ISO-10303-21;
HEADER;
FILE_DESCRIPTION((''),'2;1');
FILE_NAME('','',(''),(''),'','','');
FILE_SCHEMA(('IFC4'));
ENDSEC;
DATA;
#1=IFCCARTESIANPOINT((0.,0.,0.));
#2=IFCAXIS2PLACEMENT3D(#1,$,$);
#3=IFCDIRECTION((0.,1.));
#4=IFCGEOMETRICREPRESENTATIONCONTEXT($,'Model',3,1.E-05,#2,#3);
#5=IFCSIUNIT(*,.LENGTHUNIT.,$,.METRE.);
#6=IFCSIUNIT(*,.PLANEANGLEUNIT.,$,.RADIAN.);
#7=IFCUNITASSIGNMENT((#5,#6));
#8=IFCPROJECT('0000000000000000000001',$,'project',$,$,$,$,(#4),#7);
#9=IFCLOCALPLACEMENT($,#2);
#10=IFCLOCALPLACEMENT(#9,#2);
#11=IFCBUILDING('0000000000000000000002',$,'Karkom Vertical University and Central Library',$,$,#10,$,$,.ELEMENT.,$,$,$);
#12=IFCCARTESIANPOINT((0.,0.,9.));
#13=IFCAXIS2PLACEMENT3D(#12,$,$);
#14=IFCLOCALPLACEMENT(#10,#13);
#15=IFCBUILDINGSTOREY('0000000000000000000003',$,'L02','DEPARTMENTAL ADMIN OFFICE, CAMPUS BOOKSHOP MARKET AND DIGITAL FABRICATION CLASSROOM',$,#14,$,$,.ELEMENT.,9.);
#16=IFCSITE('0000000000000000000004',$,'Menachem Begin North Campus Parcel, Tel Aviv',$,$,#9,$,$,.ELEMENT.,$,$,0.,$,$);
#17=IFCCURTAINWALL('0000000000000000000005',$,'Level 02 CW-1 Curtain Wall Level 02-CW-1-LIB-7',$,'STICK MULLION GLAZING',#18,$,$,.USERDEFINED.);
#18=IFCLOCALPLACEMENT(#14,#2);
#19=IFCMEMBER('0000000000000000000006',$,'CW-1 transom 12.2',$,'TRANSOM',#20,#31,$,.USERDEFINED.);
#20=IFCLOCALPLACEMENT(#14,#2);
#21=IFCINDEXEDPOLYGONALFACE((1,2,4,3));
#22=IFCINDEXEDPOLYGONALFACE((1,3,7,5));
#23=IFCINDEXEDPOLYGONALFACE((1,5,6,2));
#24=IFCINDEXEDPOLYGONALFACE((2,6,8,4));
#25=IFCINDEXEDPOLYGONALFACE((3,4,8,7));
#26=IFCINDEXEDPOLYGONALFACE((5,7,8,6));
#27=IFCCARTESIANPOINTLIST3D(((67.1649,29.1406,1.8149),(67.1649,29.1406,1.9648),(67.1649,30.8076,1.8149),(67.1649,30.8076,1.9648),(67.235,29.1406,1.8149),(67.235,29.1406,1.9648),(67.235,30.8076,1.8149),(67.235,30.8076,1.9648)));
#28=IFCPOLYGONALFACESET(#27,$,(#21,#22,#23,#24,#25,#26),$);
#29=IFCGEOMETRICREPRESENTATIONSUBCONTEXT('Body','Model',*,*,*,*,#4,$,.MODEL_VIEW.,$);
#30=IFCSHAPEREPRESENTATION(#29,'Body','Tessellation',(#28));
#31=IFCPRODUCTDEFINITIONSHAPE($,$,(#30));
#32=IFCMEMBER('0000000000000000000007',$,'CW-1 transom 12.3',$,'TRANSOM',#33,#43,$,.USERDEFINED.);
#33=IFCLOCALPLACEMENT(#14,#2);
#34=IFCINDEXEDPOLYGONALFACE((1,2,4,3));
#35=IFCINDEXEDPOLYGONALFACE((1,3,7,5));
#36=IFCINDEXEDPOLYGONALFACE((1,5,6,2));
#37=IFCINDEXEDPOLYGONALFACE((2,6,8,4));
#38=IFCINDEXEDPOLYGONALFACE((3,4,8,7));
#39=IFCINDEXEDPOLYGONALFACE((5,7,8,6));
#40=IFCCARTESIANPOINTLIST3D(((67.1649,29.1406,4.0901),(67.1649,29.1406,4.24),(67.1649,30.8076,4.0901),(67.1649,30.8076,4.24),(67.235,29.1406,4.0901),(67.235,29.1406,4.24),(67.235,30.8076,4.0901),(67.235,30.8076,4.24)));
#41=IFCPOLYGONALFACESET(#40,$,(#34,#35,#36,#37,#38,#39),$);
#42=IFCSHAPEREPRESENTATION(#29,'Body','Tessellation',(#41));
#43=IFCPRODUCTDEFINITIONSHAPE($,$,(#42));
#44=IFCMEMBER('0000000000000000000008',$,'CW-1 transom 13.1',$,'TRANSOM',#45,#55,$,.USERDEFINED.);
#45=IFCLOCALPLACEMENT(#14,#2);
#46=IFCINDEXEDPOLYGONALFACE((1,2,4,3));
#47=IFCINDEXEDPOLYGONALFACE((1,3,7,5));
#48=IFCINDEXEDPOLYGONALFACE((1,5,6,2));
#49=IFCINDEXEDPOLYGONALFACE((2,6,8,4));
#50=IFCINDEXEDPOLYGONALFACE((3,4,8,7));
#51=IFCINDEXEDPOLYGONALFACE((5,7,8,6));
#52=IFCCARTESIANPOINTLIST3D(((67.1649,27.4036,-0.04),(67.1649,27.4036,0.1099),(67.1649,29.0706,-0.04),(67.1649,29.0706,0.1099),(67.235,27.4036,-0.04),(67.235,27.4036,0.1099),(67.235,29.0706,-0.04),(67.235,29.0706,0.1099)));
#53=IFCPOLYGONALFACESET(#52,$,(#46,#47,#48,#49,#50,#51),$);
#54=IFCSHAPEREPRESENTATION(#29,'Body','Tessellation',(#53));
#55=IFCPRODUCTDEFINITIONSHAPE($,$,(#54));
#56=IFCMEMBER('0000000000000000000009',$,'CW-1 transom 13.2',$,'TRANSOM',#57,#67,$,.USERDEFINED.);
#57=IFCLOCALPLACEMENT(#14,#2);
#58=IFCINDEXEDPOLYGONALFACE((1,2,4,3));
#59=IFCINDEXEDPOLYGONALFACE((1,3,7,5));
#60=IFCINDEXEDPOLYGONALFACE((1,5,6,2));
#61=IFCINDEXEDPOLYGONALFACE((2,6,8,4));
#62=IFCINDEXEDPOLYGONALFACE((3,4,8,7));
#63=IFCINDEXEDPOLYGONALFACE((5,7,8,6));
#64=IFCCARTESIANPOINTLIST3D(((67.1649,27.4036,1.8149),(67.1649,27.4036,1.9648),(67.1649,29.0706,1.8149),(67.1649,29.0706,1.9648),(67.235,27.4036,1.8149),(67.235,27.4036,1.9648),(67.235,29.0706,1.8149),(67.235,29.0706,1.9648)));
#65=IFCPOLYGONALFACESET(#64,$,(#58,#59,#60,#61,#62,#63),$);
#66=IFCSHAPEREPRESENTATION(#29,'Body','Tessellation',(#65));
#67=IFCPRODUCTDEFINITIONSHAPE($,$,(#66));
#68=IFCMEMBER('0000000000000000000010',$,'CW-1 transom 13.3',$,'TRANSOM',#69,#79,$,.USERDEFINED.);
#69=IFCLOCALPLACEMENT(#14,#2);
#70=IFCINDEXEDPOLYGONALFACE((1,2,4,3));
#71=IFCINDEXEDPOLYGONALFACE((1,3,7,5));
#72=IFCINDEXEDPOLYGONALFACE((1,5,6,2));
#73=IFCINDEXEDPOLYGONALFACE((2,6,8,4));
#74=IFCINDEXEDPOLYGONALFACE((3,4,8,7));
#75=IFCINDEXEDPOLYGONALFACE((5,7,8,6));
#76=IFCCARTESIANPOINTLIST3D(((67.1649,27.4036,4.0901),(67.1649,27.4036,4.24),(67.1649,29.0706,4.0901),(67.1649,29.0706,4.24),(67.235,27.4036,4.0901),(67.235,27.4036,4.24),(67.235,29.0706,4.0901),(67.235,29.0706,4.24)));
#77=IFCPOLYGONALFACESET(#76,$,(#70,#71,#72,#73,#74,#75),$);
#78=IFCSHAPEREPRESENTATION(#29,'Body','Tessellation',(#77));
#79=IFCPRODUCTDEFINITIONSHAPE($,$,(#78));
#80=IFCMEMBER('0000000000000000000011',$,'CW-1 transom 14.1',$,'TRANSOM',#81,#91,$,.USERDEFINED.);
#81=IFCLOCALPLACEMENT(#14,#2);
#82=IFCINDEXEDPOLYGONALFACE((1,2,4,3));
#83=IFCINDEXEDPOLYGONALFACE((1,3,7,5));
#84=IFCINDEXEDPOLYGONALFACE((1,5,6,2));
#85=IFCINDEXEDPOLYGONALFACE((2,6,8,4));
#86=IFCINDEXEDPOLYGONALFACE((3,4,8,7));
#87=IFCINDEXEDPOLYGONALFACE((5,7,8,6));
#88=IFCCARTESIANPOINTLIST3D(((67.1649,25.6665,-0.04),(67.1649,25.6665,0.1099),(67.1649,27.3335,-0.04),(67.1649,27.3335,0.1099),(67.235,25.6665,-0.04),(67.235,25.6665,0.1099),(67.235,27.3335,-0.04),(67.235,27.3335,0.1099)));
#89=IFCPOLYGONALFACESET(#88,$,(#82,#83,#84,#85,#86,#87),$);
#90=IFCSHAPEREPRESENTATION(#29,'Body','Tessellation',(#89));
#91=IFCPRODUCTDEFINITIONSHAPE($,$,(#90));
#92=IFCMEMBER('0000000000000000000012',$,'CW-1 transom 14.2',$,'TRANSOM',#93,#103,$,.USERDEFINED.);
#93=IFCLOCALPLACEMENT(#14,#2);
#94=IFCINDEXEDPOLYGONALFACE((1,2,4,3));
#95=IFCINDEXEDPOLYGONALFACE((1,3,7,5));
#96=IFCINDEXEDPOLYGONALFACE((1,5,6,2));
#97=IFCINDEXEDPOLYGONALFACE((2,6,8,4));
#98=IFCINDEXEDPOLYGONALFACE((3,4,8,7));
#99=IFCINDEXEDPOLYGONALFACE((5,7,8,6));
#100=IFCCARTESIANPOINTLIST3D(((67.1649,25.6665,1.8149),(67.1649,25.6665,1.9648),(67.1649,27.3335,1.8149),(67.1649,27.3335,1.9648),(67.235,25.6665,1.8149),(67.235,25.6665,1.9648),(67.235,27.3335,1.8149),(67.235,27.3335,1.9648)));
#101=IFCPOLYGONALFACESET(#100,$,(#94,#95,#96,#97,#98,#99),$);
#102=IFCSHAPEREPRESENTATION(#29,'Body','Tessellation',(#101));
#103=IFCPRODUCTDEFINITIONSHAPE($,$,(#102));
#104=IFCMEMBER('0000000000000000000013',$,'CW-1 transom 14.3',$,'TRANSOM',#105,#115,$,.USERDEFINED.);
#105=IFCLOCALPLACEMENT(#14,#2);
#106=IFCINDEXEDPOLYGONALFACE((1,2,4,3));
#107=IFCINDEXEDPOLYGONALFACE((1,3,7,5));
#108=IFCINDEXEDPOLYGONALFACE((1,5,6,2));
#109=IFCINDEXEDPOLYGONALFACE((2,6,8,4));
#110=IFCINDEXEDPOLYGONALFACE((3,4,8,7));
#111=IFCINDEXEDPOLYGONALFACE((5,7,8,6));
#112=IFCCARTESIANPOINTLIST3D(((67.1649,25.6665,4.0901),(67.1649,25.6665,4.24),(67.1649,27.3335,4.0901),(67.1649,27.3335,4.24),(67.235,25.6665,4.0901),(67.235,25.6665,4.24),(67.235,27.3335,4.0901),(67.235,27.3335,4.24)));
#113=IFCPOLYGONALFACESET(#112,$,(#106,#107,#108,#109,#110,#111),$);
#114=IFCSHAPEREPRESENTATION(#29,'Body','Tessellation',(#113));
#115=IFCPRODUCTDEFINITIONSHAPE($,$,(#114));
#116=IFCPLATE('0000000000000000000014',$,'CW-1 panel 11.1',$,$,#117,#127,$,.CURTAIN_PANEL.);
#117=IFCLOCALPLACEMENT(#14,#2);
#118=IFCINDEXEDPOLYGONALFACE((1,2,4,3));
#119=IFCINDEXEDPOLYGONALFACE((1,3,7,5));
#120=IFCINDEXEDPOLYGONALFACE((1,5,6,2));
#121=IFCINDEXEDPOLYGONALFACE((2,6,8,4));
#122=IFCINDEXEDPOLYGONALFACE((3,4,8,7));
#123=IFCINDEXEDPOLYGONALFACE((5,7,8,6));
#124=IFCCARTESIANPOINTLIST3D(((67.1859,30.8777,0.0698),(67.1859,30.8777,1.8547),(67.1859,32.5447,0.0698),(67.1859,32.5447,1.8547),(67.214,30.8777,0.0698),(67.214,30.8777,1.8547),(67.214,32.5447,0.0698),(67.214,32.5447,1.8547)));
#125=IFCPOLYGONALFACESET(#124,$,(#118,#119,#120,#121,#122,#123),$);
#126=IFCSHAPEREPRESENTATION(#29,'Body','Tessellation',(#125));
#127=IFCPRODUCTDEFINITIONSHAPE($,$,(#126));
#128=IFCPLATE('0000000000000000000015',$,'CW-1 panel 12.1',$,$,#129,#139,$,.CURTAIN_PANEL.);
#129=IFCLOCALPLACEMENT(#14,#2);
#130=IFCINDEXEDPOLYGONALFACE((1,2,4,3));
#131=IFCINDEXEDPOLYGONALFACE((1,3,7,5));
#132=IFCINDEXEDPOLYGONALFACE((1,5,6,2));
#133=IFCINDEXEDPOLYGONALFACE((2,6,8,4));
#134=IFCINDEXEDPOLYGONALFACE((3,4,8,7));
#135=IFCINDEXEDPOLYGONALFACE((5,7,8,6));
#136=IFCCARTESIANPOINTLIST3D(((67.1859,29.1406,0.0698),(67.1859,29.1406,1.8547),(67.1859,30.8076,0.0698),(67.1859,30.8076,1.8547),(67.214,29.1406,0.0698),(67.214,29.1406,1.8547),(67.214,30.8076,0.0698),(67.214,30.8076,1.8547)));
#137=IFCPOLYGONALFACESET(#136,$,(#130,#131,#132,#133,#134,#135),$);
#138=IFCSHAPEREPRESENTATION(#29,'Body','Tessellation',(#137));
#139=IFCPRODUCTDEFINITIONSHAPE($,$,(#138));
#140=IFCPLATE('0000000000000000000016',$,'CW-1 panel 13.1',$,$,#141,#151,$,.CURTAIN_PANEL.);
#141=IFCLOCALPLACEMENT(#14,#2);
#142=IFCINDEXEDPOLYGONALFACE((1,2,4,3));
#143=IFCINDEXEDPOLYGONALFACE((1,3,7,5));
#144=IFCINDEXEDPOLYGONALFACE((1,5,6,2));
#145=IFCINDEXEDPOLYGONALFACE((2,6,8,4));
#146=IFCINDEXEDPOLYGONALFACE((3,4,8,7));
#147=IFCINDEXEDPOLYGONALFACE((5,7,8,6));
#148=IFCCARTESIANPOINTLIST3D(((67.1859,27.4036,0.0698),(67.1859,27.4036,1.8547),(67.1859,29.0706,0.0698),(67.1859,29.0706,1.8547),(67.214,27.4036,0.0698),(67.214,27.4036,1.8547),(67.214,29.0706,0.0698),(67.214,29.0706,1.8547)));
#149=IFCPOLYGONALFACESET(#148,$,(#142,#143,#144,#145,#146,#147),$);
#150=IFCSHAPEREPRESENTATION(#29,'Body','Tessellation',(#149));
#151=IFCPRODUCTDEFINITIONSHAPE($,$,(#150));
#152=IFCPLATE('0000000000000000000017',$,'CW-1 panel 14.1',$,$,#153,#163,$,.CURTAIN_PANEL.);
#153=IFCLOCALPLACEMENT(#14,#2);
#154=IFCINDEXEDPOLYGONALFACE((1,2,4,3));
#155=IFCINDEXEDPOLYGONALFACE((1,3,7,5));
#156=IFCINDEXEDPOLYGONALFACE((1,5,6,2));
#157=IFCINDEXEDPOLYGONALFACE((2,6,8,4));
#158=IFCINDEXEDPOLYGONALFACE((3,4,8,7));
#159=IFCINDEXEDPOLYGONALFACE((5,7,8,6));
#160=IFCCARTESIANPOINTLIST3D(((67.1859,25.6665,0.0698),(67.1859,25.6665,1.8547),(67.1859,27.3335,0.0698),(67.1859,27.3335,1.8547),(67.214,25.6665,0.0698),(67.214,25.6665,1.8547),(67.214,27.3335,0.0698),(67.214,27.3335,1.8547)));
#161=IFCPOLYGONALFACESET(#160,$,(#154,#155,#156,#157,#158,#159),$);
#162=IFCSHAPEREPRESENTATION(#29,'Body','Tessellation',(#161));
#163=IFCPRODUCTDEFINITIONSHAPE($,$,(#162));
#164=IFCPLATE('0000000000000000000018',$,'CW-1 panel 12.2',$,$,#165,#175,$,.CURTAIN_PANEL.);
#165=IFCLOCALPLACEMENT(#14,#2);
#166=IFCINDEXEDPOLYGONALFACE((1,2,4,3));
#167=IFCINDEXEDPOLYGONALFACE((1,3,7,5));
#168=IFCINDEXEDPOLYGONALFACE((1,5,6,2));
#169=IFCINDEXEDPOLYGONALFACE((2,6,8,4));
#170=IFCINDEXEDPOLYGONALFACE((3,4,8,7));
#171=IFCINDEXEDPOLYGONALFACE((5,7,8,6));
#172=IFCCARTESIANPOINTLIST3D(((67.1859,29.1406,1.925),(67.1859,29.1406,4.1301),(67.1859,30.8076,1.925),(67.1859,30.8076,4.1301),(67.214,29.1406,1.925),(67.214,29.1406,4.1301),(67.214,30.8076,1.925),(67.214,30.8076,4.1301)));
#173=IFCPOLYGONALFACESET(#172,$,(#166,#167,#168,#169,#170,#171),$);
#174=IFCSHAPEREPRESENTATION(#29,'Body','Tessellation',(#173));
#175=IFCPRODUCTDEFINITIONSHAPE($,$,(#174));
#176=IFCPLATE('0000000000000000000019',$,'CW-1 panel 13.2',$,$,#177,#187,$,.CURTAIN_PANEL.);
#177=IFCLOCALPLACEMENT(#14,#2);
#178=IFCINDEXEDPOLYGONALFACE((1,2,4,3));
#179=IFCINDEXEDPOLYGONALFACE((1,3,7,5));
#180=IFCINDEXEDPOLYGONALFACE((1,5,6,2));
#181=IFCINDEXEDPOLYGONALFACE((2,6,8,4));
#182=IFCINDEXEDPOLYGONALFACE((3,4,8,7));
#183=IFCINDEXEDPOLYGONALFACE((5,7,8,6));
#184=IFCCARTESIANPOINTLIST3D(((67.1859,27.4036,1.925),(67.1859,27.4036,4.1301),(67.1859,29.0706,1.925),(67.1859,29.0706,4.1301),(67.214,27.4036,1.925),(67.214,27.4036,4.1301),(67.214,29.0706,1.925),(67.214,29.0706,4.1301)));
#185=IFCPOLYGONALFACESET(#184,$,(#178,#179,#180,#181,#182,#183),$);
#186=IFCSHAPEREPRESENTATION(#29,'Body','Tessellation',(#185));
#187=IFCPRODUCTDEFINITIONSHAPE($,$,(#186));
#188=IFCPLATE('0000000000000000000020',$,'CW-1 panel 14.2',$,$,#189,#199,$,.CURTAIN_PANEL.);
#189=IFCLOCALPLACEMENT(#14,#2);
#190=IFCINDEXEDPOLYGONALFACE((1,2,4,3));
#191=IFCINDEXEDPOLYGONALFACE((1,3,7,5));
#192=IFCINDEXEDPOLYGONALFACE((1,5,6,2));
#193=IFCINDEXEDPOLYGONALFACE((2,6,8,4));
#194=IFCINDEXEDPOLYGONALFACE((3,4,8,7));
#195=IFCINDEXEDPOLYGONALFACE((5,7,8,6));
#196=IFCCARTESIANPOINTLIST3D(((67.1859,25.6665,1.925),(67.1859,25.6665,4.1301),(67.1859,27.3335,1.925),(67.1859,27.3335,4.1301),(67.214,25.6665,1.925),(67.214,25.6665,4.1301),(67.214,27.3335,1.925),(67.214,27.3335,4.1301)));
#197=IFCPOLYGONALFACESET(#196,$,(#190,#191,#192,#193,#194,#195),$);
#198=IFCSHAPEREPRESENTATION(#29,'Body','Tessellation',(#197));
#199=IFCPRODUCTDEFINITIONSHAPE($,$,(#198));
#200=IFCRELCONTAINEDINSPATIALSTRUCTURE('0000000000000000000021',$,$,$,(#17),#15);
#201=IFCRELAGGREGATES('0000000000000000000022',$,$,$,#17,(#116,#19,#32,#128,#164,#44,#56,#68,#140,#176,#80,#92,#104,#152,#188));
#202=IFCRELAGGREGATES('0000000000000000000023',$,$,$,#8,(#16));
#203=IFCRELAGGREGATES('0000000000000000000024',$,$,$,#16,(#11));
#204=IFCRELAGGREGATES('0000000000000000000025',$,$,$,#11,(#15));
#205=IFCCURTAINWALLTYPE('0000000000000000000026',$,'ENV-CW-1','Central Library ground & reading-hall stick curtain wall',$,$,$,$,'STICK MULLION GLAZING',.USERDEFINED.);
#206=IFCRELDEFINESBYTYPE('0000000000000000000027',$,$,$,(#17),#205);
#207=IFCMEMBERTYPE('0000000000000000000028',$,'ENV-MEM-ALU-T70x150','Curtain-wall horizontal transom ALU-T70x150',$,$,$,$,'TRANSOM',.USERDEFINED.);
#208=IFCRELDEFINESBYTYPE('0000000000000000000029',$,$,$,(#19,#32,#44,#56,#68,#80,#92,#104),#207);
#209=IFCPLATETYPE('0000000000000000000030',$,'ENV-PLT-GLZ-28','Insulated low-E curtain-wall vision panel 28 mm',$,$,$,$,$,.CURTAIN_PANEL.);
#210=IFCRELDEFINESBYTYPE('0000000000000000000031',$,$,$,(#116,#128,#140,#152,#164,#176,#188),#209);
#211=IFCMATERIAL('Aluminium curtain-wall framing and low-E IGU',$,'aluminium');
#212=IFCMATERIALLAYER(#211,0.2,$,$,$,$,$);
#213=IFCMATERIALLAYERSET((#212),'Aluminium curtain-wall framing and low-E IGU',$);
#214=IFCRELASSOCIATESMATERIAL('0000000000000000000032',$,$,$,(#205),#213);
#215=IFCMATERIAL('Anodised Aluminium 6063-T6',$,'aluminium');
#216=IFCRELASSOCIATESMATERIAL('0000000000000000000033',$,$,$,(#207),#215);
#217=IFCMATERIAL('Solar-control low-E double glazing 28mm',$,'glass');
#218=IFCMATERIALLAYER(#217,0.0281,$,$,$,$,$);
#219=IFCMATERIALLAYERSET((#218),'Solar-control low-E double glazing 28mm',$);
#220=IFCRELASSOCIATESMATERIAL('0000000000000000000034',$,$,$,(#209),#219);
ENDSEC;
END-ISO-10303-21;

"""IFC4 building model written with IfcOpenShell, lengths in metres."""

from ifc_helpers import new_model, si_unit, direction, frame, origin, origin_with_axes, origin_2d, place, context, subcontext, project, spatial, rectangle, extrude, source, transform, mapped, material, layer, layer_set, material_profile, profile_set, type_object, element, aggregate, save


model = new_model("IFC4")

# Units and contexts
model_context = context("Model", 3, precision=1e-05, world=origin(), true_north=direction((0.0, 1.0)))
body_context = subcontext(model_context, "Body", "Model", "MODEL_VIEW")
ifc_project = project(units=[si_unit("LENGTHUNIT", "METRE"), si_unit("PLANEANGLEUNIT", "RADIAN")], contexts=[model_context])

# Site, building, storey
site_placement = place(None, origin())
site = spatial("IfcSite", under=ifc_project, at=site_placement, Name="Menachem Begin North Campus Parcel, Tel Aviv", CompositionType="ELEMENT", RefElevation=0.0)
building_placement = place(site_placement, origin())
building = spatial("IfcBuilding", under=site, at=building_placement, Name="Karkom Vertical University and Central Library", CompositionType="ELEMENT")
storey_placement = place(building_placement, frame((0.0, 0.0, 9.0)))
storey = spatial("IfcBuildingStorey", under=building, at=storey_placement, Name="L02", Description="DEPARTMENTAL ADMIN OFFICE, CAMPUS BOOKSHOP MARKET AND DIGITAL FABRICATION CLASSROOM", CompositionType="ELEMENT", Elevation=9.0)

# Curtain wall, members, plates
ifc_material_1 = material(Name="Aluminium curtain-wall framing and low-E IGU", Category="aluminium")
ifc_layer_1 = layer(ifc_material_1, 0.2)
ifc_layer_set_1 = layer_set([ifc_layer_1], Name="Aluminium curtain-wall framing and low-E IGU")
curtain_wall_type = type_object("IfcCurtainWallType", Name="ENV-CW-1", Description="Central Library ground & reading-hall stick curtain wall", ElementType="STICK MULLION GLAZING", PredefinedType="USERDEFINED", material=ifc_layer_set_1)
curtain_wall_placement = place(storey_placement, origin())
curtain_wall = element("IfcCurtainWall", 1, at=curtain_wall_placement, inside=storey, type_object=curtain_wall_type, Name="Level 02 CW-1 Curtain Wall Level 02-CW-1-LIB-7", ObjectType="STICK MULLION GLAZING", PredefinedType="USERDEFINED")
ifc_material_2 = material(Name="Anodised Aluminium 6063-T6", Category="aluminium")
ifc_material_profile_1 = material_profile(ifc_material_2, rectangle(XDim=0.0701, YDim=0.1499, at=origin_2d()), Name="ALU-T70x150")
ifc_profile_set_1 = profile_set([ifc_material_profile_1], Name="Anodised Aluminium 6063-T6")
member_type = type_object("IfcMemberType", Name="ENV-MEM-ALU-T70x150", Description="Curtain-wall horizontal transom ALU-T70x150", ElementType="TRANSOM", PredefinedType="USERDEFINED", material=ifc_profile_set_1)
shared_shape_1 = source(origin_with_axes(), body_context, "Body", "SweptSolid", [
    extrude(rectangle(XDim=0.0701, YDim=0.1499, at=origin_2d()), origin(), (0.0, 0.0, 1.0), 1.667),
])
member_1_placement = place(storey_placement, frame((67.2, 30.8076, 1.8899), z_axis=(0.0, -1.0, 0.0), x_axis=(1.0, 0.0, 0.0)))
member_1 = element("IfcMember", 2, at=member_1_placement, type_object=member_type, Name="CW-1 transom 12.2", ObjectType="TRANSOM", PredefinedType="USERDEFINED", context=body_context, shape_type="MappedRepresentation", body=[
    mapped(shared_shape_1, transform((0.0, 0.0, 0.0), scale=1.0)),
])
member_2_placement = place(storey_placement, frame((67.2, 30.8076, 4.165), z_axis=(0.0, -1.0, 0.0), x_axis=(1.0, 0.0, 0.0)))
member_2 = element("IfcMember", 3, at=member_2_placement, type_object=member_type, Name="CW-1 transom 12.3", ObjectType="TRANSOM", PredefinedType="USERDEFINED", context=body_context, shape_type="MappedRepresentation", body=[
    mapped(shared_shape_1, transform((0.0, 0.0, 0.0), scale=1.0)),
])
member_3_placement = place(storey_placement, frame((67.2, 29.0706, 0.0349), z_axis=(0.0, -1.0, 0.0), x_axis=(1.0, 0.0, 0.0)))
member_3 = element("IfcMember", 4, at=member_3_placement, type_object=member_type, Name="CW-1 transom 13.1", ObjectType="TRANSOM", PredefinedType="USERDEFINED", context=body_context, shape_type="MappedRepresentation", body=[
    mapped(shared_shape_1, transform((0.0, 0.0, 0.0), scale=1.0)),
])
member_4_placement = place(storey_placement, frame((67.2, 29.0706, 1.8899), z_axis=(0.0, -1.0, 0.0), x_axis=(1.0, 0.0, 0.0)))
member_4 = element("IfcMember", 5, at=member_4_placement, type_object=member_type, Name="CW-1 transom 13.2", ObjectType="TRANSOM", PredefinedType="USERDEFINED", context=body_context, shape_type="MappedRepresentation", body=[
    mapped(shared_shape_1, transform((0.0, 0.0, 0.0), scale=1.0)),
])
member_5_placement = place(storey_placement, frame((67.2, 29.0706, 4.165), z_axis=(0.0, -1.0, 0.0), x_axis=(1.0, 0.0, 0.0)))
member_5 = element("IfcMember", 6, at=member_5_placement, type_object=member_type, Name="CW-1 transom 13.3", ObjectType="TRANSOM", PredefinedType="USERDEFINED", context=body_context, shape_type="MappedRepresentation", body=[
    mapped(shared_shape_1, transform((0.0, 0.0, 0.0), scale=1.0)),
])
member_6_placement = place(storey_placement, frame((67.2, 27.3335, 0.0349), z_axis=(0.0, -1.0, 0.0), x_axis=(1.0, 0.0, 0.0)))
member_6 = element("IfcMember", 7, at=member_6_placement, type_object=member_type, Name="CW-1 transom 14.1", ObjectType="TRANSOM", PredefinedType="USERDEFINED", context=body_context, shape_type="MappedRepresentation", body=[
    mapped(shared_shape_1, transform((0.0, 0.0, 0.0), scale=1.0)),
])
member_7_placement = place(storey_placement, frame((67.2, 27.3335, 1.8899), z_axis=(0.0, -1.0, 0.0), x_axis=(1.0, 0.0, 0.0)))
member_7 = element("IfcMember", 8, at=member_7_placement, type_object=member_type, Name="CW-1 transom 14.2", ObjectType="TRANSOM", PredefinedType="USERDEFINED", context=body_context, shape_type="MappedRepresentation", body=[
    mapped(shared_shape_1, transform((0.0, 0.0, 0.0), scale=1.0)),
])
member_8_placement = place(storey_placement, frame((67.2, 27.3335, 4.165), z_axis=(0.0, -1.0, 0.0), x_axis=(1.0, 0.0, 0.0)))
member_8 = element("IfcMember", 9, at=member_8_placement, type_object=member_type, Name="CW-1 transom 14.3", ObjectType="TRANSOM", PredefinedType="USERDEFINED", context=body_context, shape_type="MappedRepresentation", body=[
    mapped(shared_shape_1, transform((0.0, 0.0, 0.0), scale=1.0)),
])
ifc_material_3 = material(Name="Solar-control low-E double glazing 28mm", Category="glass")
ifc_layer_2 = layer(ifc_material_3, 0.0281)
ifc_layer_set_2 = layer_set([ifc_layer_2], Name="Solar-control low-E double glazing 28mm")
plate_type = type_object("IfcPlateType", Name="ENV-PLT-GLZ-28", Description="Insulated low-E curtain-wall vision panel 28 mm", PredefinedType="CURTAIN_PANEL", material=ifc_layer_set_2)
shared_shape_2 = source(origin_with_axes(), body_context, "Body", "SweptSolid", [
    extrude(rectangle(XDim=1.667, YDim=0.0281, at=origin_2d()), origin(), (0.0, 0.0, 1.0), 1.7849),
])
plate_1_placement = place(storey_placement, frame((67.2, 31.7112, 0.0698), z_axis=(0.0, 0.0, 1.0), x_axis=(0.0, -1.0, 0.0)))
plate_1 = element("IfcPlate", 10, at=plate_1_placement, type_object=plate_type, Name="CW-1 panel 11.1", PredefinedType="CURTAIN_PANEL", context=body_context, shape_type="MappedRepresentation", body=[
    mapped(shared_shape_2, transform((0.0, 0.0, 0.0), scale=1.0)),
])
plate_2_placement = place(storey_placement, frame((67.2, 29.9741, 0.0698), z_axis=(0.0, 0.0, 1.0), x_axis=(0.0, -1.0, 0.0)))
plate_2 = element("IfcPlate", 11, at=plate_2_placement, type_object=plate_type, Name="CW-1 panel 12.1", PredefinedType="CURTAIN_PANEL", context=body_context, shape_type="MappedRepresentation", body=[
    mapped(shared_shape_2, transform((0.0, 0.0, 0.0), scale=1.0)),
])
plate_3_placement = place(storey_placement, frame((67.2, 28.2371, 0.0698), z_axis=(0.0, 0.0, 1.0), x_axis=(0.0, -1.0, 0.0)))
plate_3 = element("IfcPlate", 12, at=plate_3_placement, type_object=plate_type, Name="CW-1 panel 13.1", PredefinedType="CURTAIN_PANEL", context=body_context, shape_type="MappedRepresentation", body=[
    mapped(shared_shape_2, transform((0.0, 0.0, 0.0), scale=1.0)),
])
plate_4_placement = place(storey_placement, frame((67.2, 26.5, 0.0698), z_axis=(0.0, 0.0, 1.0), x_axis=(0.0, -1.0, 0.0)))
plate_4 = element("IfcPlate", 13, at=plate_4_placement, type_object=plate_type, Name="CW-1 panel 14.1", PredefinedType="CURTAIN_PANEL", context=body_context, shape_type="MappedRepresentation", body=[
    mapped(shared_shape_2, transform((0.0, 0.0, 0.0), scale=1.0)),
])
shared_shape_3 = source(origin_with_axes(), body_context, "Body", "SweptSolid", [
    extrude(rectangle(XDim=1.667, YDim=0.0281, at=origin_2d()), origin(), (0.0, 0.0, 1.0), 2.2051),
])
plate_5_placement = place(storey_placement, frame((67.2, 29.9741, 1.925), z_axis=(0.0, 0.0, 1.0), x_axis=(0.0, -1.0, 0.0)))
plate_5 = element("IfcPlate", 14, at=plate_5_placement, type_object=plate_type, Name="CW-1 panel 12.2", PredefinedType="CURTAIN_PANEL", context=body_context, shape_type="MappedRepresentation", body=[
    mapped(shared_shape_3, transform((0.0, 0.0, 0.0), scale=1.0)),
])
plate_6_placement = place(storey_placement, frame((67.2, 28.2371, 1.925), z_axis=(0.0, 0.0, 1.0), x_axis=(0.0, -1.0, 0.0)))
plate_6 = element("IfcPlate", 15, at=plate_6_placement, type_object=plate_type, Name="CW-1 panel 13.2", PredefinedType="CURTAIN_PANEL", context=body_context, shape_type="MappedRepresentation", body=[
    mapped(shared_shape_3, transform((0.0, 0.0, 0.0), scale=1.0)),
])
plate_7_placement = place(storey_placement, frame((67.2, 26.5, 1.925), z_axis=(0.0, 0.0, 1.0), x_axis=(0.0, -1.0, 0.0)))
plate_7 = element("IfcPlate", 16, at=plate_7_placement, type_object=plate_type, Name="CW-1 panel 14.2", PredefinedType="CURTAIN_PANEL", context=body_context, shape_type="MappedRepresentation", body=[
    mapped(shared_shape_3, transform((0.0, 0.0, 0.0), scale=1.0)),
])
aggregate(curtain_wall, [plate_1, member_1, member_2, plate_2, plate_5, member_3, member_4, member_5, plate_3, plate_6, member_6, member_7, member_8, plate_4, plate_7])

save(model, "model.ifc")
